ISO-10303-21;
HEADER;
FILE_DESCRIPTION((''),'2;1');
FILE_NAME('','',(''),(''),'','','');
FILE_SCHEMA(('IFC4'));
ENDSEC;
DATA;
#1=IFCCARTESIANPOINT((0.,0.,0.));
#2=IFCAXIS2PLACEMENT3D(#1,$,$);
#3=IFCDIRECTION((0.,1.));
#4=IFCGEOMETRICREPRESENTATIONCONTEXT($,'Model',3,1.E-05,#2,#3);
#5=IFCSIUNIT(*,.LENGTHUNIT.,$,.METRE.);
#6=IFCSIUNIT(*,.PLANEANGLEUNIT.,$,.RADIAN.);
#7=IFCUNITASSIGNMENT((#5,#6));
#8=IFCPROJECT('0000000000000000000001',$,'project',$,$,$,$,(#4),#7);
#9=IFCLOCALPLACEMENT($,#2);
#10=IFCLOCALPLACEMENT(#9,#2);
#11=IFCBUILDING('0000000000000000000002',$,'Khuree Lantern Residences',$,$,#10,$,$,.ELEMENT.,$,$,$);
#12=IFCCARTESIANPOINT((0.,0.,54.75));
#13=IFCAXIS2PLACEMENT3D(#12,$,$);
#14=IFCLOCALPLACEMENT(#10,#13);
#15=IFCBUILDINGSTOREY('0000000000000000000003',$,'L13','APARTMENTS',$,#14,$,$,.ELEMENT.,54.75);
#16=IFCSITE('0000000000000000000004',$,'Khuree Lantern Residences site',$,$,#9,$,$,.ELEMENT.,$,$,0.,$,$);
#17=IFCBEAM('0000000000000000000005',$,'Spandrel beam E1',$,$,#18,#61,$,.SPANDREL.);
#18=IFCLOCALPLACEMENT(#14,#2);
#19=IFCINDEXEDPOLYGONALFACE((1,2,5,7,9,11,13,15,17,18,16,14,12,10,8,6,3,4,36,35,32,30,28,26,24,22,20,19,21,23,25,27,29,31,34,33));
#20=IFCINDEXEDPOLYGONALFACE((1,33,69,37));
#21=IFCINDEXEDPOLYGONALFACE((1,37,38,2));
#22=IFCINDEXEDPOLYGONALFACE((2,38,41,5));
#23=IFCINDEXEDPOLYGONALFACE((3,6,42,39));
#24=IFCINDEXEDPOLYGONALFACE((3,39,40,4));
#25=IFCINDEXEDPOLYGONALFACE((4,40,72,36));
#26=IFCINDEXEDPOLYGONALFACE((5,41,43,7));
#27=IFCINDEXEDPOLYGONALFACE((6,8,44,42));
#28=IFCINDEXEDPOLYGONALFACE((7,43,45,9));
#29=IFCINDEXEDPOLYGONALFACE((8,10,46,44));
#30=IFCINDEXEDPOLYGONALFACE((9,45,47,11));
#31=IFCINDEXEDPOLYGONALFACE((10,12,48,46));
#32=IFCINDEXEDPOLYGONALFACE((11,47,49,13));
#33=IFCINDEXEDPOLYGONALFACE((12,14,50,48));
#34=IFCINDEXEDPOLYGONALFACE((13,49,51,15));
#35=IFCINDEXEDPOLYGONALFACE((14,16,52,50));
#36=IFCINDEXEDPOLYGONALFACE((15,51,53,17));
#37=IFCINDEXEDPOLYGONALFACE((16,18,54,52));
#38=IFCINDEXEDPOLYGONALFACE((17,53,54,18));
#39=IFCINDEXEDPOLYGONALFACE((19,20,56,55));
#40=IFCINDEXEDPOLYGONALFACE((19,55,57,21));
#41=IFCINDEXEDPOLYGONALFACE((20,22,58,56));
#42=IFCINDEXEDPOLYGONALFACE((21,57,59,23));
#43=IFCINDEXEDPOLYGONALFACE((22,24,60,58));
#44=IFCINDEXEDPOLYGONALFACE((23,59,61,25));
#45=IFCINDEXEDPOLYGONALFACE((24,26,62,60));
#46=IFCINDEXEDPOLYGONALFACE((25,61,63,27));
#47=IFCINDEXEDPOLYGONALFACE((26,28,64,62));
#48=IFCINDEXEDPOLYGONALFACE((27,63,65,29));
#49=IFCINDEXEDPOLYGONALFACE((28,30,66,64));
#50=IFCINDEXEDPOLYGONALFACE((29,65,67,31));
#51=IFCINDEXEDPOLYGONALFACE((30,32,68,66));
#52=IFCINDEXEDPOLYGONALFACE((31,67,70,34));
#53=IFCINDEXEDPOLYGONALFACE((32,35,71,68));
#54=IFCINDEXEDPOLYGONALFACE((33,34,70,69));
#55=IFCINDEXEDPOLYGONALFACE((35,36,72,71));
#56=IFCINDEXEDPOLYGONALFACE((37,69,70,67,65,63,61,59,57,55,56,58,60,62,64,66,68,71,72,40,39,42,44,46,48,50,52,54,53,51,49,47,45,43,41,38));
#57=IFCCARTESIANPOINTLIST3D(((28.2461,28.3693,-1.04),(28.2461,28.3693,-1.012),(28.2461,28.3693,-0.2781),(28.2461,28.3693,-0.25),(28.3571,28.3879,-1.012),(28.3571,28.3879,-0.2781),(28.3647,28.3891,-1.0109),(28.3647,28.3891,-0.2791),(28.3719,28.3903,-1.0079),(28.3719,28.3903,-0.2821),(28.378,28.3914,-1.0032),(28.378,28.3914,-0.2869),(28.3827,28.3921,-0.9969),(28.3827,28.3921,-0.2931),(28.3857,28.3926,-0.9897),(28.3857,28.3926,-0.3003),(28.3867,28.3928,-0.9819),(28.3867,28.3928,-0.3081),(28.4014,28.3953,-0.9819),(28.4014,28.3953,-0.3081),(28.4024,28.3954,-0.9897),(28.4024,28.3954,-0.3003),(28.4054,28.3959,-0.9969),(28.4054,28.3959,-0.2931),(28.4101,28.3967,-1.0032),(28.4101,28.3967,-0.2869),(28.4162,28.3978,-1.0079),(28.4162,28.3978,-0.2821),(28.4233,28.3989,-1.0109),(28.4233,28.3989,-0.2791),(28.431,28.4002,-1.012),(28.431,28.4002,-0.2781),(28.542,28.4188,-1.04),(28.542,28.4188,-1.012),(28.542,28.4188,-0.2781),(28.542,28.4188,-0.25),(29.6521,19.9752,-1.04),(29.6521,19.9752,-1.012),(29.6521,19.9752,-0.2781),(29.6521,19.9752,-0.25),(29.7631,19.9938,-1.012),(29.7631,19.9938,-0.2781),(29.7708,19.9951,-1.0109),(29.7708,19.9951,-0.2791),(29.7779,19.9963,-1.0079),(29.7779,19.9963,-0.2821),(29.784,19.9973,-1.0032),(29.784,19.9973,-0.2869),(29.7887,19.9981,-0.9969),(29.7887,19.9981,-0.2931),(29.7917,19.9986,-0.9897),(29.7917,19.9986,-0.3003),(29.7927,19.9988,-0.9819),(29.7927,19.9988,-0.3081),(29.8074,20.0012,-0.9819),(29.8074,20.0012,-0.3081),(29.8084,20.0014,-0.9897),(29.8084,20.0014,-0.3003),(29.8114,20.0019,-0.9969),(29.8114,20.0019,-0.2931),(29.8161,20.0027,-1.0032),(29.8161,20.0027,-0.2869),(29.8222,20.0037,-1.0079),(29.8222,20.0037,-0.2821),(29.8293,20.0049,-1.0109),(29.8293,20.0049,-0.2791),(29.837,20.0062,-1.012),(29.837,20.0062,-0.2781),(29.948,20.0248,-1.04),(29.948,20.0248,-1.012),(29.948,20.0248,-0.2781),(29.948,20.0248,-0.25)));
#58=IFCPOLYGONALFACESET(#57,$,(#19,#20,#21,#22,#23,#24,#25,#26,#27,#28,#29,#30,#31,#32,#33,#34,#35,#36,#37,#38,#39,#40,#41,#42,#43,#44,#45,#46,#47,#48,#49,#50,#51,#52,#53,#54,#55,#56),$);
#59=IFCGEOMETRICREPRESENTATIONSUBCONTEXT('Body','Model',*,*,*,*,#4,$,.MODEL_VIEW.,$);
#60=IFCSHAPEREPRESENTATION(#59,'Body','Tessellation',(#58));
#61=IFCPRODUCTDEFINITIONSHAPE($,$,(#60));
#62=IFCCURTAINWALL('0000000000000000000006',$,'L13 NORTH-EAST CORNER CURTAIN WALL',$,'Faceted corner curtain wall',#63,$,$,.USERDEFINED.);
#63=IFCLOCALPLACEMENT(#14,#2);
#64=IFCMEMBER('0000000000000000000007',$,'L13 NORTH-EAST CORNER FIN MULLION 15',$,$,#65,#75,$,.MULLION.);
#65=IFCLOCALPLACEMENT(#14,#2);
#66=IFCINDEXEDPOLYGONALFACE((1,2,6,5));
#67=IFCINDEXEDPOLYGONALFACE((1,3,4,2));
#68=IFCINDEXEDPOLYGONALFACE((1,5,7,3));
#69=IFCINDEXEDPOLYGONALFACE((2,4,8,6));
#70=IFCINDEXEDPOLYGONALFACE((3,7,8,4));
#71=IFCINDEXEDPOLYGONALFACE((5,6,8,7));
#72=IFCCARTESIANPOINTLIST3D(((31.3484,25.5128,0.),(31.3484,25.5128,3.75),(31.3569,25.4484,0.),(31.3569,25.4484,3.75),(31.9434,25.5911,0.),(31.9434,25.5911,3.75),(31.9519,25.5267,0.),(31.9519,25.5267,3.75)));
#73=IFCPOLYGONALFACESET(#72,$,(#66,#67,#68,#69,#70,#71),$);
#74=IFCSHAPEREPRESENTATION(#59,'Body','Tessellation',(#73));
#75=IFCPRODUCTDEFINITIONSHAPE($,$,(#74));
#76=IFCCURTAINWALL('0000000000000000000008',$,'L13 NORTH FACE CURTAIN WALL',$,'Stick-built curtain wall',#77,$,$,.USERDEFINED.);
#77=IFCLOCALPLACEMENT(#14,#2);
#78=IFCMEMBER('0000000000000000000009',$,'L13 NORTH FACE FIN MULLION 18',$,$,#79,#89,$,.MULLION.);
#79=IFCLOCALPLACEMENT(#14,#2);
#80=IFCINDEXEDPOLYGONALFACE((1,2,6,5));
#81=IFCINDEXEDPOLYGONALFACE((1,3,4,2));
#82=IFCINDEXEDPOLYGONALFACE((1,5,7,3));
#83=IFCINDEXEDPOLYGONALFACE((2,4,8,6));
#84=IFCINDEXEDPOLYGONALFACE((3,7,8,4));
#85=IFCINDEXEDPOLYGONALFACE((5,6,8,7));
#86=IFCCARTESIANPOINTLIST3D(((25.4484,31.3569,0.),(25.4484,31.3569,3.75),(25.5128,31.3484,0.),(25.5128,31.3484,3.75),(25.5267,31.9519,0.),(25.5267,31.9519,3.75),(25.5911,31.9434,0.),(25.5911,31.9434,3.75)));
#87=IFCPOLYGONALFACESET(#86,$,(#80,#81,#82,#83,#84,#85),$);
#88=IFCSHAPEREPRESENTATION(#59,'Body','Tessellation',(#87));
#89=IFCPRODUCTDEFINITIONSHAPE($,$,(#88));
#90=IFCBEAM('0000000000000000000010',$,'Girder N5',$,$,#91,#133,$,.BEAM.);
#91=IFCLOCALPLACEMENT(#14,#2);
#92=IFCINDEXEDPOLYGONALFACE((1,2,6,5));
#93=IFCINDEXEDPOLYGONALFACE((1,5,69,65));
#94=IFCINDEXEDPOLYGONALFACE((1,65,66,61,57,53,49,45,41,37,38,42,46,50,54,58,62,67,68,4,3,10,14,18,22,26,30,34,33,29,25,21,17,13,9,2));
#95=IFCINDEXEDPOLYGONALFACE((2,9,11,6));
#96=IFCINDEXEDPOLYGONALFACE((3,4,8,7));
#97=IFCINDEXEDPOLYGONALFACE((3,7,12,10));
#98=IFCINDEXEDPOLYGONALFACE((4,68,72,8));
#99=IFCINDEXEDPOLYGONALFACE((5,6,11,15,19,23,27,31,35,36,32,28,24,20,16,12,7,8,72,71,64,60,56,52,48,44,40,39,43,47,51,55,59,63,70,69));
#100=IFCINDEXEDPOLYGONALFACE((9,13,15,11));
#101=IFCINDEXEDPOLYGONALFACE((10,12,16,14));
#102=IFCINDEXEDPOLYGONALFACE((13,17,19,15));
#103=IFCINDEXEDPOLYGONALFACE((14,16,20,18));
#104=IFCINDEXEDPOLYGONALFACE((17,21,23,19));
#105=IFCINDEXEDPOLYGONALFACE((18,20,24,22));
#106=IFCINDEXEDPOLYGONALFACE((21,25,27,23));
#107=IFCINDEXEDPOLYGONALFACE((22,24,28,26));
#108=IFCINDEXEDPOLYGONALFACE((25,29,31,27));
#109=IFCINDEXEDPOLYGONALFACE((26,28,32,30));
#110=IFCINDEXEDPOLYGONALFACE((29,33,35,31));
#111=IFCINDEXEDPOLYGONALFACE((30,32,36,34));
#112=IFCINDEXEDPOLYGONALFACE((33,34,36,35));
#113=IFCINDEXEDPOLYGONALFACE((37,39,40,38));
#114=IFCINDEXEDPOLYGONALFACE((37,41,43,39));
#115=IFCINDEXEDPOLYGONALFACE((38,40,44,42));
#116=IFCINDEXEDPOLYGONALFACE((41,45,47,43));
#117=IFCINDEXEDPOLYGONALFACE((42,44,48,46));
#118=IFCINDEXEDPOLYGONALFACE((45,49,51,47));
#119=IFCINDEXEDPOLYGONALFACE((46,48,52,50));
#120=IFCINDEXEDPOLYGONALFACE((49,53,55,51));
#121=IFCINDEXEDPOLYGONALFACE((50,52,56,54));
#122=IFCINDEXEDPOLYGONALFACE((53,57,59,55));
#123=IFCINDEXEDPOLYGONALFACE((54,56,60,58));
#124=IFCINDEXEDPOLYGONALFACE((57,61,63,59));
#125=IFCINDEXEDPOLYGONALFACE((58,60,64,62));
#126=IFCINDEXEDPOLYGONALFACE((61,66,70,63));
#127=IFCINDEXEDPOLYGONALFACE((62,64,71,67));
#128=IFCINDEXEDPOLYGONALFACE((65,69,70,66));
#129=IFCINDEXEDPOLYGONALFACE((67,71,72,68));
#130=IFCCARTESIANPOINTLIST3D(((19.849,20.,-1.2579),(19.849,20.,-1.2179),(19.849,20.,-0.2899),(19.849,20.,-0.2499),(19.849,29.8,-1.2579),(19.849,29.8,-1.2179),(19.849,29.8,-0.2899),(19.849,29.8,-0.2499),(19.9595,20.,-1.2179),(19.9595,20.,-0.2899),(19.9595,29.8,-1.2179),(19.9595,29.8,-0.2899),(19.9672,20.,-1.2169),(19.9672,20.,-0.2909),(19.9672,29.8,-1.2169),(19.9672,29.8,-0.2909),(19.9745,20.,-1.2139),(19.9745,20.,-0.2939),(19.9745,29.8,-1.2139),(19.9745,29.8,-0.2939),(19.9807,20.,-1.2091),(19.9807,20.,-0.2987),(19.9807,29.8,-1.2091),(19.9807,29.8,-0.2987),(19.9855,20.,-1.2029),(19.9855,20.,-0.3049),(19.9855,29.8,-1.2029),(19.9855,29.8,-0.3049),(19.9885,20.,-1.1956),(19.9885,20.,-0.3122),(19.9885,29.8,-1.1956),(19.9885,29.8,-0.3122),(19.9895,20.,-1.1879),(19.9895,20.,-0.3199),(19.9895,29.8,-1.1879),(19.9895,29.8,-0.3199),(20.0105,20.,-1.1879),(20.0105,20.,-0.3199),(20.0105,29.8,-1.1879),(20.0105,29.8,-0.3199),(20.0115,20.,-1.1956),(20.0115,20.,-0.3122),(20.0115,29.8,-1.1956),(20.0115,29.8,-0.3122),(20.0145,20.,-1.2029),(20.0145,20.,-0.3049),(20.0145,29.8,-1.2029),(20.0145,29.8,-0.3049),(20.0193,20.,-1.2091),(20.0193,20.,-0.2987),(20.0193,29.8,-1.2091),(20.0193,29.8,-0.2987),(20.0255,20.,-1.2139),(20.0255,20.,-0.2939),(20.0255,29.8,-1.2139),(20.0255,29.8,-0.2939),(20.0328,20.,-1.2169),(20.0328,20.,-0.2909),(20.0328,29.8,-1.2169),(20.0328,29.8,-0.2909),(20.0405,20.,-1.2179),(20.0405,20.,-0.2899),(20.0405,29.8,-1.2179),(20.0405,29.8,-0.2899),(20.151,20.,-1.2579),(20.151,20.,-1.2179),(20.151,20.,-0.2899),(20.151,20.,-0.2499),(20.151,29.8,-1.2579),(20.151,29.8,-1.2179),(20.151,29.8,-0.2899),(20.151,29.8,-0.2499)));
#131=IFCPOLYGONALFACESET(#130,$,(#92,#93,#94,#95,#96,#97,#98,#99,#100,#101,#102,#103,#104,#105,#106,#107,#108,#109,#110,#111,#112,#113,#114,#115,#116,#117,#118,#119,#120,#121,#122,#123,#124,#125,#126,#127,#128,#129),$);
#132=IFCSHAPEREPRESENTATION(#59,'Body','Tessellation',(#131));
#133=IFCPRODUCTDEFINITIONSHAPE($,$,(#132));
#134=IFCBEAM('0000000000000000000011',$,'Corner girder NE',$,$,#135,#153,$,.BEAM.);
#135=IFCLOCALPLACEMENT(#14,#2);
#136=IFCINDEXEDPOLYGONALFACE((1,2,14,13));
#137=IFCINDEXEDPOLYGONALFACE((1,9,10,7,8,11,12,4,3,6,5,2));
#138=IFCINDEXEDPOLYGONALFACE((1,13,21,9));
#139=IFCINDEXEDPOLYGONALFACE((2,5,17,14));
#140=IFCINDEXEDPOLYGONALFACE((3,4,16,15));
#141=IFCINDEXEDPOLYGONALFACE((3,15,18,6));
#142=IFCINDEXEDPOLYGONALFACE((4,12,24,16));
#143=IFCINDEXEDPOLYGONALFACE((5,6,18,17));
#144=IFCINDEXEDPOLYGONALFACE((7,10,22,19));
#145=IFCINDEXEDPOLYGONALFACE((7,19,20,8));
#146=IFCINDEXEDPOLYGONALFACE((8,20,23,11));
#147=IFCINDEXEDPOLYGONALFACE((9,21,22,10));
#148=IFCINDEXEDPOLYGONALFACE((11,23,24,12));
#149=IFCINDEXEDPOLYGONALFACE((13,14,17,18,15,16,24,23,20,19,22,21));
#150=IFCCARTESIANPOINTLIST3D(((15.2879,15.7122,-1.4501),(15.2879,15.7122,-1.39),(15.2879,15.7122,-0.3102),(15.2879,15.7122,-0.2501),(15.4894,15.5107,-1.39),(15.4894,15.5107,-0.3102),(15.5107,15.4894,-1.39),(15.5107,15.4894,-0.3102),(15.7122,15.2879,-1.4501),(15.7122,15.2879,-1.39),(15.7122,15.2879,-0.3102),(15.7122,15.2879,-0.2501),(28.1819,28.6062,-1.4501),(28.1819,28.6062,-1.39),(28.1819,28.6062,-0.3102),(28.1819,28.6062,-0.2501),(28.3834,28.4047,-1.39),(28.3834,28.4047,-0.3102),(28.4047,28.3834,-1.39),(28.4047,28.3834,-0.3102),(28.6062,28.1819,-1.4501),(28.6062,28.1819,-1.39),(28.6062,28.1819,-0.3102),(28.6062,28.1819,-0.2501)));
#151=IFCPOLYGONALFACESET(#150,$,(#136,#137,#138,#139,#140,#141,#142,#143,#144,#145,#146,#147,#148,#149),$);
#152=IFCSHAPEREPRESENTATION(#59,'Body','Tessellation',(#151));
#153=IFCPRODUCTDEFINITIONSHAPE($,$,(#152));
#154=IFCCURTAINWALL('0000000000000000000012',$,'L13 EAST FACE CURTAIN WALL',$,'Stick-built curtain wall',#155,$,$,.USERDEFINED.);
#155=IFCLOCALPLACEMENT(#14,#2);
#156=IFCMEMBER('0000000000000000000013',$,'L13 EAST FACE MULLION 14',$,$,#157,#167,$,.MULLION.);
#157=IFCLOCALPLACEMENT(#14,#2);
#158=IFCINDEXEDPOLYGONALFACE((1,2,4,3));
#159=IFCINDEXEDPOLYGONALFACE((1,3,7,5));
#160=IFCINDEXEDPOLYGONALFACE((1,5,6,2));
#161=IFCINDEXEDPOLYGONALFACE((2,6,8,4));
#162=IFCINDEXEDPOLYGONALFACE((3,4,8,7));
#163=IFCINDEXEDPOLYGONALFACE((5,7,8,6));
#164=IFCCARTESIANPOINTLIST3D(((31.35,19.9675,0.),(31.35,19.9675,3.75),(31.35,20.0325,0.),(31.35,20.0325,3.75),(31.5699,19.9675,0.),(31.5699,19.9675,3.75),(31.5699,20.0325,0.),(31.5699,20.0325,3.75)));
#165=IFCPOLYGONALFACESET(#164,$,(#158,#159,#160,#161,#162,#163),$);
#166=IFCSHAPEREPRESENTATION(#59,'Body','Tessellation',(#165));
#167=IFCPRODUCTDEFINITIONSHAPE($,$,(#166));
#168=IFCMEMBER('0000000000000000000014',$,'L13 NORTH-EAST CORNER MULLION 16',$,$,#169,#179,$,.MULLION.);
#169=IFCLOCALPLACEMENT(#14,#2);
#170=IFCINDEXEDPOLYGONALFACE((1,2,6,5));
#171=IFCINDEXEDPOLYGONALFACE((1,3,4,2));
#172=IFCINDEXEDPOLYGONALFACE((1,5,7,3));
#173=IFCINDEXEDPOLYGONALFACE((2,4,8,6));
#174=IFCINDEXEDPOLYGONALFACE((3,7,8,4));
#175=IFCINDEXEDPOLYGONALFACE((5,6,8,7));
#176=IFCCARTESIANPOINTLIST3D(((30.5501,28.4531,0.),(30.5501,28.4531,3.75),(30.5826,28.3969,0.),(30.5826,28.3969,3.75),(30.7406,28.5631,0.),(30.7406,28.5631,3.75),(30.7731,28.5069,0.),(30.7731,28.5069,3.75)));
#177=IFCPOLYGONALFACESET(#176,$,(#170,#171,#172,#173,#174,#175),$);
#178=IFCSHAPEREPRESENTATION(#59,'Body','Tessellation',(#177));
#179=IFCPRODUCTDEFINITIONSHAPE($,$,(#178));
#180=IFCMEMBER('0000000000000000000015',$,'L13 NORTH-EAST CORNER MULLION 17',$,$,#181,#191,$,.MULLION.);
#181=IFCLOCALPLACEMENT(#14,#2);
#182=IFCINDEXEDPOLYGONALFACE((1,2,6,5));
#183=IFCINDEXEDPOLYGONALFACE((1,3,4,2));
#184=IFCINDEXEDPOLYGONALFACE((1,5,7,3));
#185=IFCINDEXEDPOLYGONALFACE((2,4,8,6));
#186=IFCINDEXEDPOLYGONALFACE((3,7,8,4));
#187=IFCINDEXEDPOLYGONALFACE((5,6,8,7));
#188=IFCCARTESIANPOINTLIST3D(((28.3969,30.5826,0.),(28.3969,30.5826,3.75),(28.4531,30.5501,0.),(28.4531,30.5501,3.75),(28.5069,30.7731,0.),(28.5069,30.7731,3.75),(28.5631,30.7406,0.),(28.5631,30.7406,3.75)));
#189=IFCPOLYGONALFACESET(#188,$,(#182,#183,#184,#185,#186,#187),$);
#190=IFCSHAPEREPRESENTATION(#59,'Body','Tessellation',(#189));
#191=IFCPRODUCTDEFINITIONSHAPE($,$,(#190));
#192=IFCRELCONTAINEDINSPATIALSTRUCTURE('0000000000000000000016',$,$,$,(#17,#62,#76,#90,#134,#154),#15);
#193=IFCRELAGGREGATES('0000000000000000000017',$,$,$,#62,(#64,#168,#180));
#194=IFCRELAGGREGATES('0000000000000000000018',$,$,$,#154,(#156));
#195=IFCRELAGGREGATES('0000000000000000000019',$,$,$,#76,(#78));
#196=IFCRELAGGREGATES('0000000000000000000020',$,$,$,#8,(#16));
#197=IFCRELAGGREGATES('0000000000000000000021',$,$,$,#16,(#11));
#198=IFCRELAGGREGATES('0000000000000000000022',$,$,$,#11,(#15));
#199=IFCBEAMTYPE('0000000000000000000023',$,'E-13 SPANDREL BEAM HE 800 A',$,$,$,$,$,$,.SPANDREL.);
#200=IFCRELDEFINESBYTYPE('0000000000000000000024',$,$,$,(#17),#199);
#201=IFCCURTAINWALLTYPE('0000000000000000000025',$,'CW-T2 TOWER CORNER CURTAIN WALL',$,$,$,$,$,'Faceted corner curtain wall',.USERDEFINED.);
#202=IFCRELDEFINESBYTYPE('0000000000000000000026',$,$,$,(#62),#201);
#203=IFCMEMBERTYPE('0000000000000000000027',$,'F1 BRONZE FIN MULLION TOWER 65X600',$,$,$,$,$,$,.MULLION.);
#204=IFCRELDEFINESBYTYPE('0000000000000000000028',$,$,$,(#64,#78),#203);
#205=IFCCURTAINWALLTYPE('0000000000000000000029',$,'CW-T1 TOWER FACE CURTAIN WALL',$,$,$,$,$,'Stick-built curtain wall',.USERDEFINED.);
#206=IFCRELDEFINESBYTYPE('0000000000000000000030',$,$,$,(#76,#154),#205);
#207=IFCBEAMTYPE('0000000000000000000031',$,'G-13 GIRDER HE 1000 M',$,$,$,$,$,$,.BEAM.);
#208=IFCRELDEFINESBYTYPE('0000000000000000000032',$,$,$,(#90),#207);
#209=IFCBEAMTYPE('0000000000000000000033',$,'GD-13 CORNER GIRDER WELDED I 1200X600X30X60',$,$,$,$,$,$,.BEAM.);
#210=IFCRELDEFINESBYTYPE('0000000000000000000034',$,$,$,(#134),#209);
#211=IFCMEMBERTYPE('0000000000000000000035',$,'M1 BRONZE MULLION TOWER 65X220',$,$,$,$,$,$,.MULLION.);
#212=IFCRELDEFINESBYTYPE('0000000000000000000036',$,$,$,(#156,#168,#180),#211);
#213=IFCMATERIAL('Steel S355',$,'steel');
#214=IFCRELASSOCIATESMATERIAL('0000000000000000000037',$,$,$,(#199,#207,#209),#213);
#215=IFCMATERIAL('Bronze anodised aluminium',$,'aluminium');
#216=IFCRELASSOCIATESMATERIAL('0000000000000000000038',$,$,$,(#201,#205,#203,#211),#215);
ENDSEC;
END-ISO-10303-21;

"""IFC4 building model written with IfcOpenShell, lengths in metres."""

from ifc_helpers import new_model, si_unit, direction, frame, origin, origin_2d, place, context, subcontext, project, spatial, rectangle, i_section, extrude, material, material_profile, profile_set, type_object, element, aggregate, save


model = new_model("IFC4")

# Units and contexts
model_context = context("Model", 3, precision=1e-05, world=origin(), true_north=direction((0.0, 1.0)))
body_context = subcontext(model_context, "Body", "Model", "MODEL_VIEW")
ifc_project = project(units=[si_unit("LENGTHUNIT", "METRE"), si_unit("PLANEANGLEUNIT", "RADIAN")], contexts=[model_context])

# Site, building, storey
site_placement = place(None, origin())
site = spatial("IfcSite", under=ifc_project, at=site_placement, Name="Khuree Lantern Residences site", CompositionType="ELEMENT", RefElevation=0.0)
building_placement = place(site_placement, origin())
building = spatial("IfcBuilding", under=site, at=building_placement, Name="Khuree Lantern Residences", CompositionType="ELEMENT")
storey_placement = place(building_placement, frame((0.0, 0.0, 54.75)))
storey = spatial("IfcBuildingStorey", under=building, at=storey_placement, Name="L13", Description="APARTMENTS", CompositionType="ELEMENT", Elevation=54.75)

# Beam
ifc_material_1 = material(Name="Steel S355", Category="steel")
ifc_material_profile_1 = material_profile(ifc_material_1, i_section(OverallWidth=0.3, OverallDepth=0.79, WebThickness=0.0149, FlangeThickness=0.0281, FilletRadius=0.03, at=origin_2d()), Name="HE 800 A")
ifc_profile_set_1 = profile_set([ifc_material_profile_1], Name="Steel S355")
beam_type_1 = type_object("IfcBeamType", Name="E-13 SPANDREL BEAM HE 800 A", PredefinedType="SPANDREL", material=ifc_profile_set_1)
for number, where, z_axis, x_axis, name in (
    (1, (28.394, 28.394, -0.645), (0.165199, -0.98626, 0.0), (0.98626, 0.165199, 0.0), "Spandrel beam E1"),
):
    element("IfcBeam", number, at=place(storey_placement, frame(where, z_axis=z_axis, x_axis=x_axis)), inside=storey, type_object=beam_type_1, Name=name, PredefinedType="SPANDREL", context=body_context, shape_type="SweptSolid", body=[
        extrude(i_section(OverallWidth=0.3, OverallDepth=0.79, WebThickness=0.0149, FlangeThickness=0.0281, FilletRadius=0.03, at=origin_2d()), origin(), (0.0, 0.0, 1.0), 8.511),
    ])

# Curtain walls, members
ifc_material_2 = material(Name="Bronze anodised aluminium", Category="aluminium")
curtain_wall_type_1 = type_object("IfcCurtainWallType", Name="CW-T2 TOWER CORNER CURTAIN WALL", ElementType="Faceted corner curtain wall", PredefinedType="USERDEFINED", material=ifc_material_2)
curtain_wall_1_placement = place(storey_placement, origin())
curtain_wall_1 = element("IfcCurtainWall", 2, at=curtain_wall_1_placement, inside=storey, type_object=curtain_wall_type_1, Name="L13 NORTH-EAST CORNER CURTAIN WALL", ObjectType="Faceted corner curtain wall", PredefinedType="USERDEFINED")
ifc_material_profile_2 = material_profile(ifc_material_2, rectangle(XDim=0.0649, YDim=0.6001, at=origin_2d()), Name="F1 65X600")
ifc_profile_set_2 = profile_set([ifc_material_profile_2], Name="Bronze anodised aluminium")
member_type_1 = type_object("IfcMemberType", Name="F1 BRONZE FIN MULLION TOWER 65X600", PredefinedType="MULLION", material=ifc_profile_set_2)
member_1_placement = place(storey_placement, frame((31.6501, 25.5198, 0.0), z_axis=(0.0, 0.0, 1.0), x_axis=(-0.130526, 0.991445, 0.0)))
member_1 = element("IfcMember", 3, at=member_1_placement, type_object=member_type_1, Name="L13 NORTH-EAST CORNER FIN MULLION 15", PredefinedType="MULLION", context=body_context, shape_type="SweptSolid", body=[
    extrude(rectangle(XDim=0.0649, YDim=0.6001, at=origin_2d()), origin(), (0.0, 0.0, 1.0), 3.75),
])
curtain_wall_type_2 = type_object("IfcCurtainWallType", Name="CW-T1 TOWER FACE CURTAIN WALL", ElementType="Stick-built curtain wall", PredefinedType="USERDEFINED", material=ifc_material_2)
curtain_wall_2_placement = place(storey_placement, origin())
curtain_wall_2 = element("IfcCurtainWall", 4, at=curtain_wall_2_placement, inside=storey, type_object=curtain_wall_type_2, Name="L13 NORTH FACE CURTAIN WALL", ObjectType="Stick-built curtain wall", PredefinedType="USERDEFINED")
member_2_placement = place(storey_placement, frame((25.5198, 31.6501, 0.0), z_axis=(0.0, 0.0, 1.0), x_axis=(-0.991445, 0.130526, 0.0)))
member_2 = element("IfcMember", 5, at=member_2_placement, type_object=member_type_1, Name="L13 NORTH FACE FIN MULLION 18", PredefinedType="MULLION", context=body_context, shape_type="SweptSolid", body=[
    extrude(rectangle(XDim=0.0649, YDim=0.6001, at=origin_2d()), origin(), (0.0, 0.0, 1.0), 3.75),
])

# Beams
ifc_material_profile_3 = material_profile(ifc_material_1, i_section(OverallWidth=0.302, OverallDepth=1.0081, WebThickness=0.021, FlangeThickness=0.04, FilletRadius=0.03, at=origin_2d()), Name="HE 1000 M")
ifc_profile_set_3 = profile_set([ifc_material_profile_3], Name="Steel S355")
beam_type_2 = type_object("IfcBeamType", Name="G-13 GIRDER HE 1000 M", PredefinedType="BEAM", material=ifc_profile_set_3)
beam_1_placement = place(storey_placement, frame((20.0, 29.8, -0.7539), z_axis=(0.0, -1.0, 0.0), x_axis=(1.0, 0.0, 0.0)))
element("IfcBeam", 6, at=beam_1_placement, inside=storey, type_object=beam_type_2, Name="Girder N5", PredefinedType="BEAM", context=body_context, shape_type="SweptSolid", body=[
    extrude(i_section(OverallWidth=0.302, OverallDepth=1.0081, WebThickness=0.021, FlangeThickness=0.04, FilletRadius=0.03, at=origin_2d()), origin(), (0.0, 0.0, 1.0), 9.8),
])
ifc_material_profile_4 = material_profile(ifc_material_1, i_section(OverallWidth=0.6001, OverallDepth=1.2, WebThickness=0.03, FlangeThickness=0.0601, at=origin_2d()), Name="WELDED I 1200X600X30X60")
ifc_profile_set_4 = profile_set([ifc_material_profile_4], Name="Steel S355")
beam_type_3 = type_object("IfcBeamType", Name="GD-13 CORNER GIRDER WELDED I 1200X600X30X60", PredefinedType="BEAM", material=ifc_profile_set_4)
beam_2_placement = place(storey_placement, frame((28.394, 28.394, -0.8501), z_axis=(-0.707107, -0.707107, 0.0), x_axis=(0.707107, -0.707107, 0.0)))
element("IfcBeam", 7, at=beam_2_placement, inside=storey, type_object=beam_type_3, Name="Corner girder NE", PredefinedType="BEAM", context=body_context, shape_type="SweptSolid", body=[
    extrude(i_section(OverallWidth=0.6001, OverallDepth=1.2, WebThickness=0.03, FlangeThickness=0.0601, at=origin_2d()), origin(), (0.0, 0.0, 1.0), 18.2349),
])

# Curtain wall, member
curtain_wall_3_placement = place(storey_placement, origin())
curtain_wall_3 = element("IfcCurtainWall", 8, at=curtain_wall_3_placement, inside=storey, type_object=curtain_wall_type_2, Name="L13 EAST FACE CURTAIN WALL", ObjectType="Stick-built curtain wall", PredefinedType="USERDEFINED")
ifc_material_profile_5 = material_profile(ifc_material_2, rectangle(XDim=0.0649, YDim=0.22, at=origin_2d()), Name="M1 65X220")
ifc_profile_set_5 = profile_set([ifc_material_profile_5], Name="Bronze anodised aluminium")
member_type_2 = type_object("IfcMemberType", Name="M1 BRONZE MULLION TOWER 65X220", PredefinedType="MULLION", material=ifc_profile_set_5)
member_3_placement = place(storey_placement, frame((31.46, 20.0, 0.0), z_axis=(0.0, 0.0, 1.0), x_axis=(0.0, 1.0, 0.0)))
member_3 = element("IfcMember", 9, at=member_3_placement, type_object=member_type_2, Name="L13 EAST FACE MULLION 14", PredefinedType="MULLION", context=body_context, shape_type="SweptSolid", body=[
    extrude(rectangle(XDim=0.0649, YDim=0.22, at=origin_2d()), origin(), (0.0, 0.0, 1.0), 3.75),
])

# Members
member_4_placement = place(storey_placement, frame((30.6616, 28.48, 0.0), z_axis=(0.0, 0.0, 1.0), x_axis=(-0.5, 0.866025, 0.0)))
member_4 = element("IfcMember", 10, at=member_4_placement, type_object=member_type_2, Name="L13 NORTH-EAST CORNER MULLION 16", PredefinedType="MULLION", context=body_context, shape_type="SweptSolid", body=[
    extrude(rectangle(XDim=0.0649, YDim=0.22, at=origin_2d()), origin(), (0.0, 0.0, 1.0), 3.75),
])
member_5_placement = place(storey_placement, frame((28.48, 30.6616, 0.0), z_axis=(0.0, 0.0, 1.0), x_axis=(-0.866025, 0.5, 0.0)))
member_5 = element("IfcMember", 11, at=member_5_placement, type_object=member_type_2, Name="L13 NORTH-EAST CORNER MULLION 17", PredefinedType="MULLION", context=body_context, shape_type="SweptSolid", body=[
    extrude(rectangle(XDim=0.0649, YDim=0.22, at=origin_2d()), origin(), (0.0, 0.0, 1.0), 3.75),
])

aggregate(curtain_wall_1, [member_1, member_4, member_5])
aggregate(curtain_wall_3, [member_3])
aggregate(curtain_wall_2, [member_2])

save(model, "model.ifc")
